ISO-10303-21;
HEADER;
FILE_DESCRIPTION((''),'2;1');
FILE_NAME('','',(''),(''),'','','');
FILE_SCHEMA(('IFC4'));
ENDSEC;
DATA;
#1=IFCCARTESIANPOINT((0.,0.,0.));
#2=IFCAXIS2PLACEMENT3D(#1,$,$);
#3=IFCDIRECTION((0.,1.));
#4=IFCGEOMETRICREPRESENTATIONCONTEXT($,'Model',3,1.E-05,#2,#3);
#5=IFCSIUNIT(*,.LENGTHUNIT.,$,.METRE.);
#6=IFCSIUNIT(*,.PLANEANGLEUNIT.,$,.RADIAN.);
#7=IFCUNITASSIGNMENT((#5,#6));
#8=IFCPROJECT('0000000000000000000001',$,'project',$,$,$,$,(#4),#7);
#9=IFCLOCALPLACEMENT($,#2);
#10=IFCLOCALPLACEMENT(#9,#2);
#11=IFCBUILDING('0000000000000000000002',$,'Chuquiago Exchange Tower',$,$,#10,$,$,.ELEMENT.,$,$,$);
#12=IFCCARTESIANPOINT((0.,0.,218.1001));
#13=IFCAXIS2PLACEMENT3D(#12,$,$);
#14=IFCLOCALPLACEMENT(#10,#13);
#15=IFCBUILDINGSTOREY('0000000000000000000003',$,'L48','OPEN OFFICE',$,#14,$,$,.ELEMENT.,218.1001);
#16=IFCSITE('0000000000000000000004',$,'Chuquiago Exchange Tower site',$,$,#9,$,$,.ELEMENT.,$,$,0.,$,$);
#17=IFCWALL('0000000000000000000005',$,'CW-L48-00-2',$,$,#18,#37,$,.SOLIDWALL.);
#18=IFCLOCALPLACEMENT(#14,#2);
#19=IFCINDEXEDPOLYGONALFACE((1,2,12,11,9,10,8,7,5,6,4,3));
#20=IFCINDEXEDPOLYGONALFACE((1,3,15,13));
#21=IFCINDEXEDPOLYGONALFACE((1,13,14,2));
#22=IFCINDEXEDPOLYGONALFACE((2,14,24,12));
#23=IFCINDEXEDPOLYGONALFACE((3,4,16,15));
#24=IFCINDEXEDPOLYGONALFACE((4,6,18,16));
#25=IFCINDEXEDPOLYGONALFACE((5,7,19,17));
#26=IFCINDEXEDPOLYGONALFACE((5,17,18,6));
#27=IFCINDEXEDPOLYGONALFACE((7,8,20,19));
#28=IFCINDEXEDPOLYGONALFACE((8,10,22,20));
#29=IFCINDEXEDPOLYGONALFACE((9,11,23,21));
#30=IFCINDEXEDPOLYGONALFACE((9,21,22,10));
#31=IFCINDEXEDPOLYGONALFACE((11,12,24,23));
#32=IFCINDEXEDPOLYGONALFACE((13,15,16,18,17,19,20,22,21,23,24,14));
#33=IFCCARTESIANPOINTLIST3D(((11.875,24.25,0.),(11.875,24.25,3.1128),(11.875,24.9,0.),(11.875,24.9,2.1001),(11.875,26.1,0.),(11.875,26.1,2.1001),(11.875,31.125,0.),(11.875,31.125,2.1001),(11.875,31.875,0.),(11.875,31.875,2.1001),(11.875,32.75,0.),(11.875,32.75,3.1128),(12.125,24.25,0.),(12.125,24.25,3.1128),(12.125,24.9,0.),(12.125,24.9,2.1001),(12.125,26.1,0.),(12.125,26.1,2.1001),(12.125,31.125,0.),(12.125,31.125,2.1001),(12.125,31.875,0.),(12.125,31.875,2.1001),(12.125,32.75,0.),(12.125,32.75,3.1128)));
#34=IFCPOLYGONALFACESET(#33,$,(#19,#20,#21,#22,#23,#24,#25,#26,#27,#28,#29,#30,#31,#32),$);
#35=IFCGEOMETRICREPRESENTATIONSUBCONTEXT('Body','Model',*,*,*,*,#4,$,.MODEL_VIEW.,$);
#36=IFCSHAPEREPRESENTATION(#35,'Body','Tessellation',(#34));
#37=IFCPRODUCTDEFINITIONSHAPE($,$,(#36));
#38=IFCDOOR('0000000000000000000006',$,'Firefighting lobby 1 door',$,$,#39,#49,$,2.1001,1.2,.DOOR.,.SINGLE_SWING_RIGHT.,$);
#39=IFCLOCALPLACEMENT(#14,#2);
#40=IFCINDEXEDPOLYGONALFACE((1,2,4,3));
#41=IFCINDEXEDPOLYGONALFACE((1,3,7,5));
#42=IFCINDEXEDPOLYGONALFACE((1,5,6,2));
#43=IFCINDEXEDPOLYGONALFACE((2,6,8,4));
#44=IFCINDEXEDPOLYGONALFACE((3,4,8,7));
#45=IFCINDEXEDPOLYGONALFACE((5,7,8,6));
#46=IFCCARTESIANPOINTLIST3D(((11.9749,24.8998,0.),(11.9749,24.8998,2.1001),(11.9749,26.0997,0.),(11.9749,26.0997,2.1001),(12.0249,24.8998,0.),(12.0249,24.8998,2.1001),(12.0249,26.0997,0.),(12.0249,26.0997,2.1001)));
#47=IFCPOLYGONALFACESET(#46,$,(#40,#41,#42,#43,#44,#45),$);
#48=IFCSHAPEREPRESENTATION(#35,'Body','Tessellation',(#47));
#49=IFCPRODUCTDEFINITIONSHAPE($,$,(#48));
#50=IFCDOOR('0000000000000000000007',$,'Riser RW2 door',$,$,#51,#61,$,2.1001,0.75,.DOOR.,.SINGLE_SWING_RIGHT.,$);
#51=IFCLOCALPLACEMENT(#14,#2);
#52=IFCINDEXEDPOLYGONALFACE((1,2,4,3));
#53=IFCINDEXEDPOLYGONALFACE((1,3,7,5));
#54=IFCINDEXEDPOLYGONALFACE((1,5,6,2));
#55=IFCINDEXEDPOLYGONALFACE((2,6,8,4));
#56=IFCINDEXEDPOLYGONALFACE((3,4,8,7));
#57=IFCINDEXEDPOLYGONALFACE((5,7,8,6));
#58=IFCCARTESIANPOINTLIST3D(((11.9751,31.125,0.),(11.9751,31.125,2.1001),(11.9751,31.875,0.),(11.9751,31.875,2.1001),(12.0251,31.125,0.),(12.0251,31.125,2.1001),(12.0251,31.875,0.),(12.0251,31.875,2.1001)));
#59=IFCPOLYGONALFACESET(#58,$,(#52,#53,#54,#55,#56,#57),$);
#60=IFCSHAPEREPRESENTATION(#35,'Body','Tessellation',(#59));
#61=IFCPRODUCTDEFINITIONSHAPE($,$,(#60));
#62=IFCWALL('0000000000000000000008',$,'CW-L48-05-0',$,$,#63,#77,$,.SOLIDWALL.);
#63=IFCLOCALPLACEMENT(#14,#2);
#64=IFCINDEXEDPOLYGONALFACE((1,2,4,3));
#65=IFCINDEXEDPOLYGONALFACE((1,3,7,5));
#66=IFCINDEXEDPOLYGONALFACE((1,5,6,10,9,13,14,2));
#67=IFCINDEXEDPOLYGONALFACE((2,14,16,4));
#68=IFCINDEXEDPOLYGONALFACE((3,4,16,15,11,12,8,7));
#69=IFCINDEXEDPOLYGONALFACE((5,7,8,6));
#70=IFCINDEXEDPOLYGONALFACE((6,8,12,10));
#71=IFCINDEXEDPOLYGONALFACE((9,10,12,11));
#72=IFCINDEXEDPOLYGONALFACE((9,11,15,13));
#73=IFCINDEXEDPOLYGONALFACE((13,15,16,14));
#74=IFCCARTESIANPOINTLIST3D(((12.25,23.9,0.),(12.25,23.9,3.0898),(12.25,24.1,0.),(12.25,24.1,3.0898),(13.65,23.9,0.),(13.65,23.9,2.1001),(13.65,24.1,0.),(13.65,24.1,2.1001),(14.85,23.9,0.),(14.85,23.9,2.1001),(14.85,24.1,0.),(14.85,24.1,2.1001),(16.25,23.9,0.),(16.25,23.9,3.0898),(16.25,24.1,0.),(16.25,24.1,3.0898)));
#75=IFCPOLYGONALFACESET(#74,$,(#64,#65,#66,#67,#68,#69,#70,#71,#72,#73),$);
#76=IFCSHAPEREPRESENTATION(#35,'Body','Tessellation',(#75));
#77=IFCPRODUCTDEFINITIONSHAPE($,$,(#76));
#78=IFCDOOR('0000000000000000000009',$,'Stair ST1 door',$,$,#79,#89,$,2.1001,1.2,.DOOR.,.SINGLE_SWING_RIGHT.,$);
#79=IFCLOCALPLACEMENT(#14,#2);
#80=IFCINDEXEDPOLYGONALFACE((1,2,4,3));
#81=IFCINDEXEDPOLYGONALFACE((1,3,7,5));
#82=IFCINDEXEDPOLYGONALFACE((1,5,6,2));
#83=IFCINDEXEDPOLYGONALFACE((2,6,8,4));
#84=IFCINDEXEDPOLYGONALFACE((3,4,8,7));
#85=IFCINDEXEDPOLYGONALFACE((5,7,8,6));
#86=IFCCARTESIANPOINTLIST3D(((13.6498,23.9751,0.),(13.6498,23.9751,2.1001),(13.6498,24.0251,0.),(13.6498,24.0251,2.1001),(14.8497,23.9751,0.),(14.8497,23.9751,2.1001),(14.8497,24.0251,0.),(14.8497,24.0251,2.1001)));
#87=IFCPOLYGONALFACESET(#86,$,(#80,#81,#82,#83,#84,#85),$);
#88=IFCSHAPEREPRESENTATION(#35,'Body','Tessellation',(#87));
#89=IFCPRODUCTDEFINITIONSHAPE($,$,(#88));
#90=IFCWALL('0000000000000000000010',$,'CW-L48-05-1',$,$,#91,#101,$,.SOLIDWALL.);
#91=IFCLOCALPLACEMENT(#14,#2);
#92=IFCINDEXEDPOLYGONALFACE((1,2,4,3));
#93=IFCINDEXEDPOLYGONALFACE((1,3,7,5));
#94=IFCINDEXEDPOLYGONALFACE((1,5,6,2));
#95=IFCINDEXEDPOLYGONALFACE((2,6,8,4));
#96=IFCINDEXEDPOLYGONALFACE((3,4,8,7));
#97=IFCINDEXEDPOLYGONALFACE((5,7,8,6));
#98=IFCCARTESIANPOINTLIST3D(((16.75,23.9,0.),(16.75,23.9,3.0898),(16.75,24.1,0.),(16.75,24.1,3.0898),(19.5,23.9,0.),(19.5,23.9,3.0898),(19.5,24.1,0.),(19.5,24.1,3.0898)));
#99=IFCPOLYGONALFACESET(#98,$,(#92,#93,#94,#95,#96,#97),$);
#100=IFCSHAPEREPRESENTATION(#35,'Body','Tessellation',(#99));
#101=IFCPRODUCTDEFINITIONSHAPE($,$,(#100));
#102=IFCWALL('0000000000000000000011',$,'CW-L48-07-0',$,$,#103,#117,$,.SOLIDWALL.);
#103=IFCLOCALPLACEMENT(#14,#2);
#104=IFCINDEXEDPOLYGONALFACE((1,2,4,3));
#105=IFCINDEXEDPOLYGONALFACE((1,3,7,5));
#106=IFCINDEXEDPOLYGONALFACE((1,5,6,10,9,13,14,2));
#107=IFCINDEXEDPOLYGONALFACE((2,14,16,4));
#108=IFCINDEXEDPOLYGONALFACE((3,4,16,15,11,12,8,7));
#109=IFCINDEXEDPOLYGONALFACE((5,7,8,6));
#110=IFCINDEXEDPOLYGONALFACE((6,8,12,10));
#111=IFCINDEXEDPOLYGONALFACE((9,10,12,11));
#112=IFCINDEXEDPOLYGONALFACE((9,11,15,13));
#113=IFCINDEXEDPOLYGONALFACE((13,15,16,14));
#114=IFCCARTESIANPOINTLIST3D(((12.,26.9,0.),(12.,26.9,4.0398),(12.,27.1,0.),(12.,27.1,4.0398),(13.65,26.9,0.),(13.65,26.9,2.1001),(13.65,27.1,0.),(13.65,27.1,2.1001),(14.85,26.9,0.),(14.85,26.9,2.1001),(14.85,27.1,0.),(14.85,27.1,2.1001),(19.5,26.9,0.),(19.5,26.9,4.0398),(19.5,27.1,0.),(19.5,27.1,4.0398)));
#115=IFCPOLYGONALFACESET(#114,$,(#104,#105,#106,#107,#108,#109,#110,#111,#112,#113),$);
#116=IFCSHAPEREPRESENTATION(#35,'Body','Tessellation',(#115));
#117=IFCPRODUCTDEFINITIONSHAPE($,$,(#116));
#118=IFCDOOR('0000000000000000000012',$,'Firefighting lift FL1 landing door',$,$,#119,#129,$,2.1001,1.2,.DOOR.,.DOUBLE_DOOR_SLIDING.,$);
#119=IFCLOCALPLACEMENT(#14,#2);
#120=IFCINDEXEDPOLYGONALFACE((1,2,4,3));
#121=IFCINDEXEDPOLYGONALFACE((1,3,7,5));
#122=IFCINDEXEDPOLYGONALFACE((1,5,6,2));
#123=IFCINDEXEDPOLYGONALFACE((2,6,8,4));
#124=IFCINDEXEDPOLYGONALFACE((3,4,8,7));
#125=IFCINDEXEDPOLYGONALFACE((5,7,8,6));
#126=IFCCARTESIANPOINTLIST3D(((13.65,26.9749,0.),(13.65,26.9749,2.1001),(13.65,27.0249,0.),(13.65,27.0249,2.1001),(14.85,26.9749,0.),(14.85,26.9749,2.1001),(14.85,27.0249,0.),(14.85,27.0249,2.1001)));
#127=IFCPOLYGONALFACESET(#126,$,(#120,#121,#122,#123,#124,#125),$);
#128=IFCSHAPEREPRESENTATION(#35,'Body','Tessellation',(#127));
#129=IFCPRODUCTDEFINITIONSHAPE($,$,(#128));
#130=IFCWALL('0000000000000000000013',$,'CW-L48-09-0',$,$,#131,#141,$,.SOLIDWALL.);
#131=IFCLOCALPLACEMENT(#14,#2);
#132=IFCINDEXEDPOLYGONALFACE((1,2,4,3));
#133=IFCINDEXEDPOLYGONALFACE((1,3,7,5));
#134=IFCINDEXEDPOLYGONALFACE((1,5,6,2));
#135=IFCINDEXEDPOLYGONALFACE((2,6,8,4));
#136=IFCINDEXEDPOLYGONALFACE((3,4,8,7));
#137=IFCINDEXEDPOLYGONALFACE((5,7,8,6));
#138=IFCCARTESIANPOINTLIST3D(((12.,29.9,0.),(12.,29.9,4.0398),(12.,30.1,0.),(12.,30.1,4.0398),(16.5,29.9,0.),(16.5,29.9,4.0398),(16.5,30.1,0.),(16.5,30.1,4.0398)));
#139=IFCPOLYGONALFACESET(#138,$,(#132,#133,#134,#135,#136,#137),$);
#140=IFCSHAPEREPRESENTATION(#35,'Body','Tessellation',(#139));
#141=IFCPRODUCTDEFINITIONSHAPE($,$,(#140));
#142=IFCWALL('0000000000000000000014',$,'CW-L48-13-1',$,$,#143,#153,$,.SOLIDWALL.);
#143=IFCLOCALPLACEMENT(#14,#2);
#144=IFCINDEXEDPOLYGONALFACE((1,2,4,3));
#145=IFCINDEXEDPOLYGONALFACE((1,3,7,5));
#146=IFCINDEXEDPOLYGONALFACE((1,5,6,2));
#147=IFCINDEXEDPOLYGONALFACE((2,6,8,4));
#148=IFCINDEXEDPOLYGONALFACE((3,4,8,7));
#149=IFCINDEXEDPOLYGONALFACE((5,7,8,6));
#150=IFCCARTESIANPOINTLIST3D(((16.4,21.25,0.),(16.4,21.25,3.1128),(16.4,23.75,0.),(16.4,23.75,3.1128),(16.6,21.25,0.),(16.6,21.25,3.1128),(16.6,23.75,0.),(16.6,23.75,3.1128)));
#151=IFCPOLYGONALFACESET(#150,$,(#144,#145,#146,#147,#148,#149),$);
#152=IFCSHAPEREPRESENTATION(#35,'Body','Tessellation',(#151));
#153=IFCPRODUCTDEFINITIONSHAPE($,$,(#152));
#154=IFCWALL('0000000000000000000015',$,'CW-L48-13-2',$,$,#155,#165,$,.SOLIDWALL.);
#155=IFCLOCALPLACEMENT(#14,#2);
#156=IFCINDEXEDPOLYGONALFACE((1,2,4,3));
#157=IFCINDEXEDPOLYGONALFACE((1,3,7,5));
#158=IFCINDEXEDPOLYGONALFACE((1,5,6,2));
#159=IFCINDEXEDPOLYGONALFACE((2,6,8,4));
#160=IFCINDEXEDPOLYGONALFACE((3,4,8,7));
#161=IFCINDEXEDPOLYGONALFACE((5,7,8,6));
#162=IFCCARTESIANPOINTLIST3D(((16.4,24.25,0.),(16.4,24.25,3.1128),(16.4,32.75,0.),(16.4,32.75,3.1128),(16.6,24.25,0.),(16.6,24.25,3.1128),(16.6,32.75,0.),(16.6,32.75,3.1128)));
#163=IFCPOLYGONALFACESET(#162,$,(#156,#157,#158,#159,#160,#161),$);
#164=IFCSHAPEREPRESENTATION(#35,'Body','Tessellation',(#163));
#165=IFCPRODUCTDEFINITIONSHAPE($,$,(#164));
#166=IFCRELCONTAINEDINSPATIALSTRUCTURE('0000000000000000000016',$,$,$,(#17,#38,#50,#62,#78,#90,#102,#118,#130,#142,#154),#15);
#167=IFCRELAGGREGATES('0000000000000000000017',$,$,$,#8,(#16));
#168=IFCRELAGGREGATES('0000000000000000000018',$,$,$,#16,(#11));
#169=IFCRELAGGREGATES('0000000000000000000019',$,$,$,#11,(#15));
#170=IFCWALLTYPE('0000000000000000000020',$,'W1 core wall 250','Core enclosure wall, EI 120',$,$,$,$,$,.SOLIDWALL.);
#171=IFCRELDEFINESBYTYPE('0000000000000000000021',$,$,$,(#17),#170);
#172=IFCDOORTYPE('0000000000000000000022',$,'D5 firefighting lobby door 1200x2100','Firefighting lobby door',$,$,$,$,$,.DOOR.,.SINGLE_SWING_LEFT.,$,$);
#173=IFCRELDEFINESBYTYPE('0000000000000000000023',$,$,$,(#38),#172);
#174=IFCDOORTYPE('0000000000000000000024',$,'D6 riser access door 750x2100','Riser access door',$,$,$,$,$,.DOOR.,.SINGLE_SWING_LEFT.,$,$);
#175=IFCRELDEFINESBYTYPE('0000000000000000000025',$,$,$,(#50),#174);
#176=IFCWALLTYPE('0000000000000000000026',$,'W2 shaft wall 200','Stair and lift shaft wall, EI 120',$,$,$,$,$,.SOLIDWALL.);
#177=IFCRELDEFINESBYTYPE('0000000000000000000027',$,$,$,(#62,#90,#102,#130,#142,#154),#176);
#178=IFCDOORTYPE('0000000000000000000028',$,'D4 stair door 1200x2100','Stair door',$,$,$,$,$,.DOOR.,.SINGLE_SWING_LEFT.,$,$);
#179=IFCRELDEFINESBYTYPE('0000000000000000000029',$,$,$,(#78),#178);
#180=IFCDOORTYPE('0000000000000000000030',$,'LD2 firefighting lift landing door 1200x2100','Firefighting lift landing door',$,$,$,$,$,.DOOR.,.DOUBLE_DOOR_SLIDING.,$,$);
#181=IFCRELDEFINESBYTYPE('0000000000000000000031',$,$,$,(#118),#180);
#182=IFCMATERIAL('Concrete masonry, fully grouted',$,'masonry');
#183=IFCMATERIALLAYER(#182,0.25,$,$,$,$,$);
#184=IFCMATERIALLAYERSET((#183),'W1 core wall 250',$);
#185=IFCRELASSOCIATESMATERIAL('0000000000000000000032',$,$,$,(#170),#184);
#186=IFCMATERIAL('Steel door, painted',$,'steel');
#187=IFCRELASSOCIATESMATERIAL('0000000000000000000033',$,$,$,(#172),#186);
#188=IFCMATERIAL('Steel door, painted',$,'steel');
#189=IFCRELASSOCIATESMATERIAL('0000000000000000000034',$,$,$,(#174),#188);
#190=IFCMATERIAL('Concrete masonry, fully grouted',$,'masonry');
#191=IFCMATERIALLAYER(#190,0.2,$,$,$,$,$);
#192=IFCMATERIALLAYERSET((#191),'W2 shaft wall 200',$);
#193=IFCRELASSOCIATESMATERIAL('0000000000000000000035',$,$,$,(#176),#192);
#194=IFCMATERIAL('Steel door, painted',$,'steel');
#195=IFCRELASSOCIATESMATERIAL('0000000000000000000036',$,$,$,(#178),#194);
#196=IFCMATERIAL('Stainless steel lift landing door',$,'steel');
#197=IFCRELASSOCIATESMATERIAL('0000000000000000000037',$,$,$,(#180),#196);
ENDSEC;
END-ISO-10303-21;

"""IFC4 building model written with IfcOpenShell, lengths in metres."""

from ifc_helpers import new_model, si_unit, direction, frame, frame_2d, origin, place, context, subcontext, project, spatial, rectangle, extrude, material, layer, layer_set, type_object, element, fill, save


model = new_model("IFC4")

# Units and contexts
model_context = context("Model", 3, precision=1e-05, world=origin(), true_north=direction((0.0, 1.0)))
body_context = subcontext(model_context, "Body", "Model", "MODEL_VIEW")
ifc_project = project(units=[si_unit("LENGTHUNIT", "METRE"), si_unit("PLANEANGLEUNIT", "RADIAN")], contexts=[model_context])

# Site, building, storey
site_placement = place(None, origin())
site = spatial("IfcSite", under=ifc_project, at=site_placement, Name="Chuquiago Exchange Tower site", CompositionType="ELEMENT", RefElevation=0.0)
building_placement = place(site_placement, origin())
building = spatial("IfcBuilding", under=site, at=building_placement, Name="Chuquiago Exchange Tower", CompositionType="ELEMENT")
storey_placement = place(building_placement, frame((0.0, 0.0, 218.1001)))
storey = spatial("IfcBuildingStorey", under=building, at=storey_placement, Name="L48", Description="OPEN OFFICE", CompositionType="ELEMENT", Elevation=218.1001)

# Shared definitions
ifc_material_1 = material(Name="Concrete masonry, fully grouted", Category="masonry")
ifc_layer_1 = layer(ifc_material_1, 0.25)
ifc_layer_set_1 = layer_set([ifc_layer_1], Name="W1 core wall 250")
wall_type_1 = type_object("IfcWallType", Name="W1 core wall 250", Description="Core enclosure wall, EI 120", PredefinedType="SOLIDWALL", material=ifc_layer_set_1)

# Wall, openings, doors
wall_1_placement = place(storey_placement, frame((12.0, 24.25, 0.0), z_axis=(0.0, 0.0, 1.0), x_axis=(0.0, 1.0, 0.0)))
wall_1 = element("IfcWall", 1, at=wall_1_placement, inside=storey, type_object=wall_type_1, Name="CW-L48-00-2", PredefinedType="SOLIDWALL", context=body_context, shape_type="SweptSolid", body=[
    extrude(rectangle(XDim=8.5, YDim=0.25, at=frame_2d((4.25, 0.0))), origin(), (0.0, 0.0, 1.0), 3.1128),
])
opening_1_placement = place(wall_1_placement, frame((0.6499, 0.0, 0.0)))
opening_1 = element("IfcOpeningElement", 2, at=opening_1_placement, cuts=wall_1, PredefinedType="OPENING", context=body_context, shape_type="SweptSolid", body=[
    extrude(rectangle(XDim=1.2, YDim=2.1001, at=frame_2d((0.6001, 1.05))), frame((0.0, 0.135, 0.0), z_axis=(0.0, -1.0, 0.0), x_axis=(1.0, 0.0, 0.0)), (0.0, 0.0, 1.0), 0.27),
])
opening_2_placement = place(wall_1_placement, frame((6.875, 0.0, 0.0)))
opening_2 = element("IfcOpeningElement", 3, at=opening_2_placement, cuts=wall_1, PredefinedType="OPENING", context=body_context, shape_type="SweptSolid", body=[
    extrude(rectangle(XDim=0.75, YDim=2.1001, at=frame_2d((0.375, 1.05))), frame((0.0, 0.135, 0.0), z_axis=(0.0, -1.0, 0.0), x_axis=(1.0, 0.0, 0.0)), (0.0, 0.0, 1.0), 0.27),
])
ifc_material_2 = material(Name="Steel door, painted", Category="steel")
door_type_1 = type_object("IfcDoorType", Name="D5 firefighting lobby door 1200x2100", Description="Firefighting lobby door", OperationType="SINGLE_SWING_LEFT", PredefinedType="DOOR", material=ifc_material_2)
door_1_placement = place(opening_1_placement, frame((1.2, 0.0, 0.0), z_axis=(0.0, 0.0, 1.0), x_axis=(-1.0, 0.0, 0.0)))
door_1 = element("IfcDoor", 4, at=door_1_placement, inside=storey, type_object=door_type_1, Name="Firefighting lobby 1 door", OperationType="SINGLE_SWING_RIGHT", OverallHeight=2.1001, OverallWidth=1.2, PredefinedType="DOOR", context=body_context, shape_type="SweptSolid", body=[
    extrude(rectangle(XDim=1.2, YDim=2.1001, at=frame_2d((0.6001, 1.05))), frame((0.0, 0.0249, 0.0), z_axis=(0.0, -1.0, 0.0), x_axis=(1.0, 0.0, 0.0)), (0.0, 0.0, 1.0), 0.05),
])
fill(opening_1, door_1)
ifc_material_3 = material(Name="Steel door, painted", Category="steel")
door_type_2 = type_object("IfcDoorType", Name="D6 riser access door 750x2100", Description="Riser access door", OperationType="SINGLE_SWING_LEFT", PredefinedType="DOOR", material=ifc_material_3)
door_2_placement = place(opening_2_placement, origin())
door_2 = element("IfcDoor", 5, at=door_2_placement, inside=storey, type_object=door_type_2, Name="Riser RW2 door", OperationType="SINGLE_SWING_RIGHT", OverallHeight=2.1001, OverallWidth=0.75, PredefinedType="DOOR", context=body_context, shape_type="SweptSolid", body=[
    extrude(rectangle(XDim=0.75, YDim=2.1001, at=frame_2d((0.375, 1.05))), frame((0.0, 0.0249, 0.0), z_axis=(0.0, -1.0, 0.0), x_axis=(1.0, 0.0, 0.0)), (0.0, 0.0, 1.0), 0.05),
])
fill(opening_2, door_2)

# Wall, opening, door
ifc_material_4 = material(Name="Concrete masonry, fully grouted", Category="masonry")
ifc_layer_2 = layer(ifc_material_4, 0.2)
ifc_layer_set_2 = layer_set([ifc_layer_2], Name="W2 shaft wall 200")
wall_type_2 = type_object("IfcWallType", Name="W2 shaft wall 200", Description="Stair and lift shaft wall, EI 120", PredefinedType="SOLIDWALL", material=ifc_layer_set_2)
wall_2_placement = place(storey_placement, frame((12.25, 24.0, 0.0), z_axis=(0.0, 0.0, 1.0), x_axis=(1.0, 0.0, 0.0)))
wall_2 = element("IfcWall", 6, at=wall_2_placement, inside=storey, type_object=wall_type_2, Name="CW-L48-05-0", PredefinedType="SOLIDWALL", context=body_context, shape_type="SweptSolid", body=[
    extrude(rectangle(XDim=4.0, YDim=0.2, at=frame_2d((2.0, 0.0))), origin(), (0.0, 0.0, 1.0), 3.0898),
])
opening_3_placement = place(wall_2_placement, frame((1.3999, 0.0, 0.0)))
opening_3 = element("IfcOpeningElement", 7, at=opening_3_placement, cuts=wall_2, PredefinedType="OPENING", context=body_context, shape_type="SweptSolid", body=[
    extrude(rectangle(XDim=1.2, YDim=2.1001, at=frame_2d((0.6001, 1.05))), frame((0.0, 0.1099, 0.0), z_axis=(0.0, -1.0, 0.0), x_axis=(1.0, 0.0, 0.0)), (0.0, 0.0, 1.0), 0.22),
])
ifc_material_5 = material(Name="Steel door, painted", Category="steel")
door_type_3 = type_object("IfcDoorType", Name="D4 stair door 1200x2100", Description="Stair door", OperationType="SINGLE_SWING_LEFT", PredefinedType="DOOR", material=ifc_material_5)
door_3_placement = place(opening_3_placement, frame((1.2, 0.0, 0.0), z_axis=(0.0, 0.0, 1.0), x_axis=(-1.0, 0.0, 0.0)))
door_3 = element("IfcDoor", 8, at=door_3_placement, inside=storey, type_object=door_type_3, Name="Stair ST1 door", OperationType="SINGLE_SWING_RIGHT", OverallHeight=2.1001, OverallWidth=1.2, PredefinedType="DOOR", context=body_context, shape_type="SweptSolid", body=[
    extrude(rectangle(XDim=1.2, YDim=2.1001, at=frame_2d((0.6001, 1.05))), frame((0.0, 0.0249, 0.0), z_axis=(0.0, -1.0, 0.0), x_axis=(1.0, 0.0, 0.0)), (0.0, 0.0, 1.0), 0.05),
])
fill(opening_3, door_3)

# Wall
wall_3_placement = place(storey_placement, frame((16.75, 24.0, 0.0), z_axis=(0.0, 0.0, 1.0), x_axis=(1.0, 0.0, 0.0)))
element("IfcWall", 9, at=wall_3_placement, inside=storey, type_object=wall_type_2, Name="CW-L48-05-1", PredefinedType="SOLIDWALL", context=body_context, shape_type="SweptSolid", body=[
    extrude(rectangle(XDim=2.75, YDim=0.2, at=frame_2d((1.375, 0.0))), origin(), (0.0, 0.0, 1.0), 3.0898),
])

# Wall, opening, door
wall_4_placement = place(storey_placement, frame((12.0, 27.0, 0.0), z_axis=(0.0, 0.0, 1.0), x_axis=(1.0, 0.0, 0.0)))
wall_4 = element("IfcWall", 10, at=wall_4_placement, inside=storey, type_object=wall_type_2, Name="CW-L48-07-0", PredefinedType="SOLIDWALL", context=body_context, shape_type="SweptSolid", body=[
    extrude(rectangle(XDim=7.5, YDim=0.2, at=frame_2d((3.75, 0.0))), origin(), (0.0, 0.0, 1.0), 4.0398),
])
opening_4_placement = place(wall_4_placement, frame((1.6499, 0.0, 0.0)))
opening_4 = element("IfcOpeningElement", 11, at=opening_4_placement, cuts=wall_4, PredefinedType="OPENING", context=body_context, shape_type="SweptSolid", body=[
    extrude(rectangle(XDim=1.2, YDim=2.1001, at=frame_2d((0.6001, 1.05))), frame((0.0, 0.1099, 0.0), z_axis=(0.0, -1.0, 0.0), x_axis=(1.0, 0.0, 0.0)), (0.0, 0.0, 1.0), 0.22),
])
ifc_material_6 = material(Name="Stainless steel lift landing door", Category="steel")
door_type_4 = type_object("IfcDoorType", Name="LD2 firefighting lift landing door 1200x2100", Description="Firefighting lift landing door", OperationType="DOUBLE_DOOR_SLIDING", PredefinedType="DOOR", material=ifc_material_6)
door_4_placement = place(opening_4_placement, origin())
door_4 = element("IfcDoor", 12, at=door_4_placement, inside=storey, type_object=door_type_4, Name="Firefighting lift FL1 landing door", OperationType="DOUBLE_DOOR_SLIDING", OverallHeight=2.1001, OverallWidth=1.2, PredefinedType="DOOR", context=body_context, shape_type="SweptSolid", body=[
    extrude(rectangle(XDim=1.2, YDim=2.1001, at=frame_2d((0.6001, 1.05))), frame((0.0, 0.0249, 0.0), z_axis=(0.0, -1.0, 0.0), x_axis=(1.0, 0.0, 0.0)), (0.0, 0.0, 1.0), 0.05),
])
fill(opening_4, door_4)

# Walls
wall_5_placement = place(storey_placement, frame((12.0, 30.0, 0.0), z_axis=(0.0, 0.0, 1.0), x_axis=(1.0, 0.0, 0.0)))
element("IfcWall", 13, at=wall_5_placement, inside=storey, type_object=wall_type_2, Name="CW-L48-09-0", PredefinedType="SOLIDWALL", context=body_context, shape_type="SweptSolid", body=[
    extrude(rectangle(XDim=4.5, YDim=0.2, at=frame_2d((2.25, 0.0))), origin(), (0.0, 0.0, 1.0), 4.0398),
])
wall_6_placement = place(storey_placement, frame((16.5, 21.25, 0.0), z_axis=(0.0, 0.0, 1.0), x_axis=(0.0, 1.0, 0.0)))
element("IfcWall", 14, at=wall_6_placement, inside=storey, type_object=wall_type_2, Name="CW-L48-13-1", PredefinedType="SOLIDWALL", context=body_context, shape_type="SweptSolid", body=[
    extrude(rectangle(XDim=2.5, YDim=0.2, at=frame_2d((1.25, 0.0))), origin(), (0.0, 0.0, 1.0), 3.1128),
])
wall_7_placement = place(storey_placement, frame((16.5, 24.25, 0.0), z_axis=(0.0, 0.0, 1.0), x_axis=(0.0, 1.0, 0.0)))
element("IfcWall", 15, at=wall_7_placement, inside=storey, type_object=wall_type_2, Name="CW-L48-13-2", PredefinedType="SOLIDWALL", context=body_context, shape_type="SweptSolid", body=[
    extrude(rectangle(XDim=8.5, YDim=0.2, at=frame_2d((4.25, 0.0))), origin(), (0.0, 0.0, 1.0), 3.1128),
])

save(model, "model.ifc")
